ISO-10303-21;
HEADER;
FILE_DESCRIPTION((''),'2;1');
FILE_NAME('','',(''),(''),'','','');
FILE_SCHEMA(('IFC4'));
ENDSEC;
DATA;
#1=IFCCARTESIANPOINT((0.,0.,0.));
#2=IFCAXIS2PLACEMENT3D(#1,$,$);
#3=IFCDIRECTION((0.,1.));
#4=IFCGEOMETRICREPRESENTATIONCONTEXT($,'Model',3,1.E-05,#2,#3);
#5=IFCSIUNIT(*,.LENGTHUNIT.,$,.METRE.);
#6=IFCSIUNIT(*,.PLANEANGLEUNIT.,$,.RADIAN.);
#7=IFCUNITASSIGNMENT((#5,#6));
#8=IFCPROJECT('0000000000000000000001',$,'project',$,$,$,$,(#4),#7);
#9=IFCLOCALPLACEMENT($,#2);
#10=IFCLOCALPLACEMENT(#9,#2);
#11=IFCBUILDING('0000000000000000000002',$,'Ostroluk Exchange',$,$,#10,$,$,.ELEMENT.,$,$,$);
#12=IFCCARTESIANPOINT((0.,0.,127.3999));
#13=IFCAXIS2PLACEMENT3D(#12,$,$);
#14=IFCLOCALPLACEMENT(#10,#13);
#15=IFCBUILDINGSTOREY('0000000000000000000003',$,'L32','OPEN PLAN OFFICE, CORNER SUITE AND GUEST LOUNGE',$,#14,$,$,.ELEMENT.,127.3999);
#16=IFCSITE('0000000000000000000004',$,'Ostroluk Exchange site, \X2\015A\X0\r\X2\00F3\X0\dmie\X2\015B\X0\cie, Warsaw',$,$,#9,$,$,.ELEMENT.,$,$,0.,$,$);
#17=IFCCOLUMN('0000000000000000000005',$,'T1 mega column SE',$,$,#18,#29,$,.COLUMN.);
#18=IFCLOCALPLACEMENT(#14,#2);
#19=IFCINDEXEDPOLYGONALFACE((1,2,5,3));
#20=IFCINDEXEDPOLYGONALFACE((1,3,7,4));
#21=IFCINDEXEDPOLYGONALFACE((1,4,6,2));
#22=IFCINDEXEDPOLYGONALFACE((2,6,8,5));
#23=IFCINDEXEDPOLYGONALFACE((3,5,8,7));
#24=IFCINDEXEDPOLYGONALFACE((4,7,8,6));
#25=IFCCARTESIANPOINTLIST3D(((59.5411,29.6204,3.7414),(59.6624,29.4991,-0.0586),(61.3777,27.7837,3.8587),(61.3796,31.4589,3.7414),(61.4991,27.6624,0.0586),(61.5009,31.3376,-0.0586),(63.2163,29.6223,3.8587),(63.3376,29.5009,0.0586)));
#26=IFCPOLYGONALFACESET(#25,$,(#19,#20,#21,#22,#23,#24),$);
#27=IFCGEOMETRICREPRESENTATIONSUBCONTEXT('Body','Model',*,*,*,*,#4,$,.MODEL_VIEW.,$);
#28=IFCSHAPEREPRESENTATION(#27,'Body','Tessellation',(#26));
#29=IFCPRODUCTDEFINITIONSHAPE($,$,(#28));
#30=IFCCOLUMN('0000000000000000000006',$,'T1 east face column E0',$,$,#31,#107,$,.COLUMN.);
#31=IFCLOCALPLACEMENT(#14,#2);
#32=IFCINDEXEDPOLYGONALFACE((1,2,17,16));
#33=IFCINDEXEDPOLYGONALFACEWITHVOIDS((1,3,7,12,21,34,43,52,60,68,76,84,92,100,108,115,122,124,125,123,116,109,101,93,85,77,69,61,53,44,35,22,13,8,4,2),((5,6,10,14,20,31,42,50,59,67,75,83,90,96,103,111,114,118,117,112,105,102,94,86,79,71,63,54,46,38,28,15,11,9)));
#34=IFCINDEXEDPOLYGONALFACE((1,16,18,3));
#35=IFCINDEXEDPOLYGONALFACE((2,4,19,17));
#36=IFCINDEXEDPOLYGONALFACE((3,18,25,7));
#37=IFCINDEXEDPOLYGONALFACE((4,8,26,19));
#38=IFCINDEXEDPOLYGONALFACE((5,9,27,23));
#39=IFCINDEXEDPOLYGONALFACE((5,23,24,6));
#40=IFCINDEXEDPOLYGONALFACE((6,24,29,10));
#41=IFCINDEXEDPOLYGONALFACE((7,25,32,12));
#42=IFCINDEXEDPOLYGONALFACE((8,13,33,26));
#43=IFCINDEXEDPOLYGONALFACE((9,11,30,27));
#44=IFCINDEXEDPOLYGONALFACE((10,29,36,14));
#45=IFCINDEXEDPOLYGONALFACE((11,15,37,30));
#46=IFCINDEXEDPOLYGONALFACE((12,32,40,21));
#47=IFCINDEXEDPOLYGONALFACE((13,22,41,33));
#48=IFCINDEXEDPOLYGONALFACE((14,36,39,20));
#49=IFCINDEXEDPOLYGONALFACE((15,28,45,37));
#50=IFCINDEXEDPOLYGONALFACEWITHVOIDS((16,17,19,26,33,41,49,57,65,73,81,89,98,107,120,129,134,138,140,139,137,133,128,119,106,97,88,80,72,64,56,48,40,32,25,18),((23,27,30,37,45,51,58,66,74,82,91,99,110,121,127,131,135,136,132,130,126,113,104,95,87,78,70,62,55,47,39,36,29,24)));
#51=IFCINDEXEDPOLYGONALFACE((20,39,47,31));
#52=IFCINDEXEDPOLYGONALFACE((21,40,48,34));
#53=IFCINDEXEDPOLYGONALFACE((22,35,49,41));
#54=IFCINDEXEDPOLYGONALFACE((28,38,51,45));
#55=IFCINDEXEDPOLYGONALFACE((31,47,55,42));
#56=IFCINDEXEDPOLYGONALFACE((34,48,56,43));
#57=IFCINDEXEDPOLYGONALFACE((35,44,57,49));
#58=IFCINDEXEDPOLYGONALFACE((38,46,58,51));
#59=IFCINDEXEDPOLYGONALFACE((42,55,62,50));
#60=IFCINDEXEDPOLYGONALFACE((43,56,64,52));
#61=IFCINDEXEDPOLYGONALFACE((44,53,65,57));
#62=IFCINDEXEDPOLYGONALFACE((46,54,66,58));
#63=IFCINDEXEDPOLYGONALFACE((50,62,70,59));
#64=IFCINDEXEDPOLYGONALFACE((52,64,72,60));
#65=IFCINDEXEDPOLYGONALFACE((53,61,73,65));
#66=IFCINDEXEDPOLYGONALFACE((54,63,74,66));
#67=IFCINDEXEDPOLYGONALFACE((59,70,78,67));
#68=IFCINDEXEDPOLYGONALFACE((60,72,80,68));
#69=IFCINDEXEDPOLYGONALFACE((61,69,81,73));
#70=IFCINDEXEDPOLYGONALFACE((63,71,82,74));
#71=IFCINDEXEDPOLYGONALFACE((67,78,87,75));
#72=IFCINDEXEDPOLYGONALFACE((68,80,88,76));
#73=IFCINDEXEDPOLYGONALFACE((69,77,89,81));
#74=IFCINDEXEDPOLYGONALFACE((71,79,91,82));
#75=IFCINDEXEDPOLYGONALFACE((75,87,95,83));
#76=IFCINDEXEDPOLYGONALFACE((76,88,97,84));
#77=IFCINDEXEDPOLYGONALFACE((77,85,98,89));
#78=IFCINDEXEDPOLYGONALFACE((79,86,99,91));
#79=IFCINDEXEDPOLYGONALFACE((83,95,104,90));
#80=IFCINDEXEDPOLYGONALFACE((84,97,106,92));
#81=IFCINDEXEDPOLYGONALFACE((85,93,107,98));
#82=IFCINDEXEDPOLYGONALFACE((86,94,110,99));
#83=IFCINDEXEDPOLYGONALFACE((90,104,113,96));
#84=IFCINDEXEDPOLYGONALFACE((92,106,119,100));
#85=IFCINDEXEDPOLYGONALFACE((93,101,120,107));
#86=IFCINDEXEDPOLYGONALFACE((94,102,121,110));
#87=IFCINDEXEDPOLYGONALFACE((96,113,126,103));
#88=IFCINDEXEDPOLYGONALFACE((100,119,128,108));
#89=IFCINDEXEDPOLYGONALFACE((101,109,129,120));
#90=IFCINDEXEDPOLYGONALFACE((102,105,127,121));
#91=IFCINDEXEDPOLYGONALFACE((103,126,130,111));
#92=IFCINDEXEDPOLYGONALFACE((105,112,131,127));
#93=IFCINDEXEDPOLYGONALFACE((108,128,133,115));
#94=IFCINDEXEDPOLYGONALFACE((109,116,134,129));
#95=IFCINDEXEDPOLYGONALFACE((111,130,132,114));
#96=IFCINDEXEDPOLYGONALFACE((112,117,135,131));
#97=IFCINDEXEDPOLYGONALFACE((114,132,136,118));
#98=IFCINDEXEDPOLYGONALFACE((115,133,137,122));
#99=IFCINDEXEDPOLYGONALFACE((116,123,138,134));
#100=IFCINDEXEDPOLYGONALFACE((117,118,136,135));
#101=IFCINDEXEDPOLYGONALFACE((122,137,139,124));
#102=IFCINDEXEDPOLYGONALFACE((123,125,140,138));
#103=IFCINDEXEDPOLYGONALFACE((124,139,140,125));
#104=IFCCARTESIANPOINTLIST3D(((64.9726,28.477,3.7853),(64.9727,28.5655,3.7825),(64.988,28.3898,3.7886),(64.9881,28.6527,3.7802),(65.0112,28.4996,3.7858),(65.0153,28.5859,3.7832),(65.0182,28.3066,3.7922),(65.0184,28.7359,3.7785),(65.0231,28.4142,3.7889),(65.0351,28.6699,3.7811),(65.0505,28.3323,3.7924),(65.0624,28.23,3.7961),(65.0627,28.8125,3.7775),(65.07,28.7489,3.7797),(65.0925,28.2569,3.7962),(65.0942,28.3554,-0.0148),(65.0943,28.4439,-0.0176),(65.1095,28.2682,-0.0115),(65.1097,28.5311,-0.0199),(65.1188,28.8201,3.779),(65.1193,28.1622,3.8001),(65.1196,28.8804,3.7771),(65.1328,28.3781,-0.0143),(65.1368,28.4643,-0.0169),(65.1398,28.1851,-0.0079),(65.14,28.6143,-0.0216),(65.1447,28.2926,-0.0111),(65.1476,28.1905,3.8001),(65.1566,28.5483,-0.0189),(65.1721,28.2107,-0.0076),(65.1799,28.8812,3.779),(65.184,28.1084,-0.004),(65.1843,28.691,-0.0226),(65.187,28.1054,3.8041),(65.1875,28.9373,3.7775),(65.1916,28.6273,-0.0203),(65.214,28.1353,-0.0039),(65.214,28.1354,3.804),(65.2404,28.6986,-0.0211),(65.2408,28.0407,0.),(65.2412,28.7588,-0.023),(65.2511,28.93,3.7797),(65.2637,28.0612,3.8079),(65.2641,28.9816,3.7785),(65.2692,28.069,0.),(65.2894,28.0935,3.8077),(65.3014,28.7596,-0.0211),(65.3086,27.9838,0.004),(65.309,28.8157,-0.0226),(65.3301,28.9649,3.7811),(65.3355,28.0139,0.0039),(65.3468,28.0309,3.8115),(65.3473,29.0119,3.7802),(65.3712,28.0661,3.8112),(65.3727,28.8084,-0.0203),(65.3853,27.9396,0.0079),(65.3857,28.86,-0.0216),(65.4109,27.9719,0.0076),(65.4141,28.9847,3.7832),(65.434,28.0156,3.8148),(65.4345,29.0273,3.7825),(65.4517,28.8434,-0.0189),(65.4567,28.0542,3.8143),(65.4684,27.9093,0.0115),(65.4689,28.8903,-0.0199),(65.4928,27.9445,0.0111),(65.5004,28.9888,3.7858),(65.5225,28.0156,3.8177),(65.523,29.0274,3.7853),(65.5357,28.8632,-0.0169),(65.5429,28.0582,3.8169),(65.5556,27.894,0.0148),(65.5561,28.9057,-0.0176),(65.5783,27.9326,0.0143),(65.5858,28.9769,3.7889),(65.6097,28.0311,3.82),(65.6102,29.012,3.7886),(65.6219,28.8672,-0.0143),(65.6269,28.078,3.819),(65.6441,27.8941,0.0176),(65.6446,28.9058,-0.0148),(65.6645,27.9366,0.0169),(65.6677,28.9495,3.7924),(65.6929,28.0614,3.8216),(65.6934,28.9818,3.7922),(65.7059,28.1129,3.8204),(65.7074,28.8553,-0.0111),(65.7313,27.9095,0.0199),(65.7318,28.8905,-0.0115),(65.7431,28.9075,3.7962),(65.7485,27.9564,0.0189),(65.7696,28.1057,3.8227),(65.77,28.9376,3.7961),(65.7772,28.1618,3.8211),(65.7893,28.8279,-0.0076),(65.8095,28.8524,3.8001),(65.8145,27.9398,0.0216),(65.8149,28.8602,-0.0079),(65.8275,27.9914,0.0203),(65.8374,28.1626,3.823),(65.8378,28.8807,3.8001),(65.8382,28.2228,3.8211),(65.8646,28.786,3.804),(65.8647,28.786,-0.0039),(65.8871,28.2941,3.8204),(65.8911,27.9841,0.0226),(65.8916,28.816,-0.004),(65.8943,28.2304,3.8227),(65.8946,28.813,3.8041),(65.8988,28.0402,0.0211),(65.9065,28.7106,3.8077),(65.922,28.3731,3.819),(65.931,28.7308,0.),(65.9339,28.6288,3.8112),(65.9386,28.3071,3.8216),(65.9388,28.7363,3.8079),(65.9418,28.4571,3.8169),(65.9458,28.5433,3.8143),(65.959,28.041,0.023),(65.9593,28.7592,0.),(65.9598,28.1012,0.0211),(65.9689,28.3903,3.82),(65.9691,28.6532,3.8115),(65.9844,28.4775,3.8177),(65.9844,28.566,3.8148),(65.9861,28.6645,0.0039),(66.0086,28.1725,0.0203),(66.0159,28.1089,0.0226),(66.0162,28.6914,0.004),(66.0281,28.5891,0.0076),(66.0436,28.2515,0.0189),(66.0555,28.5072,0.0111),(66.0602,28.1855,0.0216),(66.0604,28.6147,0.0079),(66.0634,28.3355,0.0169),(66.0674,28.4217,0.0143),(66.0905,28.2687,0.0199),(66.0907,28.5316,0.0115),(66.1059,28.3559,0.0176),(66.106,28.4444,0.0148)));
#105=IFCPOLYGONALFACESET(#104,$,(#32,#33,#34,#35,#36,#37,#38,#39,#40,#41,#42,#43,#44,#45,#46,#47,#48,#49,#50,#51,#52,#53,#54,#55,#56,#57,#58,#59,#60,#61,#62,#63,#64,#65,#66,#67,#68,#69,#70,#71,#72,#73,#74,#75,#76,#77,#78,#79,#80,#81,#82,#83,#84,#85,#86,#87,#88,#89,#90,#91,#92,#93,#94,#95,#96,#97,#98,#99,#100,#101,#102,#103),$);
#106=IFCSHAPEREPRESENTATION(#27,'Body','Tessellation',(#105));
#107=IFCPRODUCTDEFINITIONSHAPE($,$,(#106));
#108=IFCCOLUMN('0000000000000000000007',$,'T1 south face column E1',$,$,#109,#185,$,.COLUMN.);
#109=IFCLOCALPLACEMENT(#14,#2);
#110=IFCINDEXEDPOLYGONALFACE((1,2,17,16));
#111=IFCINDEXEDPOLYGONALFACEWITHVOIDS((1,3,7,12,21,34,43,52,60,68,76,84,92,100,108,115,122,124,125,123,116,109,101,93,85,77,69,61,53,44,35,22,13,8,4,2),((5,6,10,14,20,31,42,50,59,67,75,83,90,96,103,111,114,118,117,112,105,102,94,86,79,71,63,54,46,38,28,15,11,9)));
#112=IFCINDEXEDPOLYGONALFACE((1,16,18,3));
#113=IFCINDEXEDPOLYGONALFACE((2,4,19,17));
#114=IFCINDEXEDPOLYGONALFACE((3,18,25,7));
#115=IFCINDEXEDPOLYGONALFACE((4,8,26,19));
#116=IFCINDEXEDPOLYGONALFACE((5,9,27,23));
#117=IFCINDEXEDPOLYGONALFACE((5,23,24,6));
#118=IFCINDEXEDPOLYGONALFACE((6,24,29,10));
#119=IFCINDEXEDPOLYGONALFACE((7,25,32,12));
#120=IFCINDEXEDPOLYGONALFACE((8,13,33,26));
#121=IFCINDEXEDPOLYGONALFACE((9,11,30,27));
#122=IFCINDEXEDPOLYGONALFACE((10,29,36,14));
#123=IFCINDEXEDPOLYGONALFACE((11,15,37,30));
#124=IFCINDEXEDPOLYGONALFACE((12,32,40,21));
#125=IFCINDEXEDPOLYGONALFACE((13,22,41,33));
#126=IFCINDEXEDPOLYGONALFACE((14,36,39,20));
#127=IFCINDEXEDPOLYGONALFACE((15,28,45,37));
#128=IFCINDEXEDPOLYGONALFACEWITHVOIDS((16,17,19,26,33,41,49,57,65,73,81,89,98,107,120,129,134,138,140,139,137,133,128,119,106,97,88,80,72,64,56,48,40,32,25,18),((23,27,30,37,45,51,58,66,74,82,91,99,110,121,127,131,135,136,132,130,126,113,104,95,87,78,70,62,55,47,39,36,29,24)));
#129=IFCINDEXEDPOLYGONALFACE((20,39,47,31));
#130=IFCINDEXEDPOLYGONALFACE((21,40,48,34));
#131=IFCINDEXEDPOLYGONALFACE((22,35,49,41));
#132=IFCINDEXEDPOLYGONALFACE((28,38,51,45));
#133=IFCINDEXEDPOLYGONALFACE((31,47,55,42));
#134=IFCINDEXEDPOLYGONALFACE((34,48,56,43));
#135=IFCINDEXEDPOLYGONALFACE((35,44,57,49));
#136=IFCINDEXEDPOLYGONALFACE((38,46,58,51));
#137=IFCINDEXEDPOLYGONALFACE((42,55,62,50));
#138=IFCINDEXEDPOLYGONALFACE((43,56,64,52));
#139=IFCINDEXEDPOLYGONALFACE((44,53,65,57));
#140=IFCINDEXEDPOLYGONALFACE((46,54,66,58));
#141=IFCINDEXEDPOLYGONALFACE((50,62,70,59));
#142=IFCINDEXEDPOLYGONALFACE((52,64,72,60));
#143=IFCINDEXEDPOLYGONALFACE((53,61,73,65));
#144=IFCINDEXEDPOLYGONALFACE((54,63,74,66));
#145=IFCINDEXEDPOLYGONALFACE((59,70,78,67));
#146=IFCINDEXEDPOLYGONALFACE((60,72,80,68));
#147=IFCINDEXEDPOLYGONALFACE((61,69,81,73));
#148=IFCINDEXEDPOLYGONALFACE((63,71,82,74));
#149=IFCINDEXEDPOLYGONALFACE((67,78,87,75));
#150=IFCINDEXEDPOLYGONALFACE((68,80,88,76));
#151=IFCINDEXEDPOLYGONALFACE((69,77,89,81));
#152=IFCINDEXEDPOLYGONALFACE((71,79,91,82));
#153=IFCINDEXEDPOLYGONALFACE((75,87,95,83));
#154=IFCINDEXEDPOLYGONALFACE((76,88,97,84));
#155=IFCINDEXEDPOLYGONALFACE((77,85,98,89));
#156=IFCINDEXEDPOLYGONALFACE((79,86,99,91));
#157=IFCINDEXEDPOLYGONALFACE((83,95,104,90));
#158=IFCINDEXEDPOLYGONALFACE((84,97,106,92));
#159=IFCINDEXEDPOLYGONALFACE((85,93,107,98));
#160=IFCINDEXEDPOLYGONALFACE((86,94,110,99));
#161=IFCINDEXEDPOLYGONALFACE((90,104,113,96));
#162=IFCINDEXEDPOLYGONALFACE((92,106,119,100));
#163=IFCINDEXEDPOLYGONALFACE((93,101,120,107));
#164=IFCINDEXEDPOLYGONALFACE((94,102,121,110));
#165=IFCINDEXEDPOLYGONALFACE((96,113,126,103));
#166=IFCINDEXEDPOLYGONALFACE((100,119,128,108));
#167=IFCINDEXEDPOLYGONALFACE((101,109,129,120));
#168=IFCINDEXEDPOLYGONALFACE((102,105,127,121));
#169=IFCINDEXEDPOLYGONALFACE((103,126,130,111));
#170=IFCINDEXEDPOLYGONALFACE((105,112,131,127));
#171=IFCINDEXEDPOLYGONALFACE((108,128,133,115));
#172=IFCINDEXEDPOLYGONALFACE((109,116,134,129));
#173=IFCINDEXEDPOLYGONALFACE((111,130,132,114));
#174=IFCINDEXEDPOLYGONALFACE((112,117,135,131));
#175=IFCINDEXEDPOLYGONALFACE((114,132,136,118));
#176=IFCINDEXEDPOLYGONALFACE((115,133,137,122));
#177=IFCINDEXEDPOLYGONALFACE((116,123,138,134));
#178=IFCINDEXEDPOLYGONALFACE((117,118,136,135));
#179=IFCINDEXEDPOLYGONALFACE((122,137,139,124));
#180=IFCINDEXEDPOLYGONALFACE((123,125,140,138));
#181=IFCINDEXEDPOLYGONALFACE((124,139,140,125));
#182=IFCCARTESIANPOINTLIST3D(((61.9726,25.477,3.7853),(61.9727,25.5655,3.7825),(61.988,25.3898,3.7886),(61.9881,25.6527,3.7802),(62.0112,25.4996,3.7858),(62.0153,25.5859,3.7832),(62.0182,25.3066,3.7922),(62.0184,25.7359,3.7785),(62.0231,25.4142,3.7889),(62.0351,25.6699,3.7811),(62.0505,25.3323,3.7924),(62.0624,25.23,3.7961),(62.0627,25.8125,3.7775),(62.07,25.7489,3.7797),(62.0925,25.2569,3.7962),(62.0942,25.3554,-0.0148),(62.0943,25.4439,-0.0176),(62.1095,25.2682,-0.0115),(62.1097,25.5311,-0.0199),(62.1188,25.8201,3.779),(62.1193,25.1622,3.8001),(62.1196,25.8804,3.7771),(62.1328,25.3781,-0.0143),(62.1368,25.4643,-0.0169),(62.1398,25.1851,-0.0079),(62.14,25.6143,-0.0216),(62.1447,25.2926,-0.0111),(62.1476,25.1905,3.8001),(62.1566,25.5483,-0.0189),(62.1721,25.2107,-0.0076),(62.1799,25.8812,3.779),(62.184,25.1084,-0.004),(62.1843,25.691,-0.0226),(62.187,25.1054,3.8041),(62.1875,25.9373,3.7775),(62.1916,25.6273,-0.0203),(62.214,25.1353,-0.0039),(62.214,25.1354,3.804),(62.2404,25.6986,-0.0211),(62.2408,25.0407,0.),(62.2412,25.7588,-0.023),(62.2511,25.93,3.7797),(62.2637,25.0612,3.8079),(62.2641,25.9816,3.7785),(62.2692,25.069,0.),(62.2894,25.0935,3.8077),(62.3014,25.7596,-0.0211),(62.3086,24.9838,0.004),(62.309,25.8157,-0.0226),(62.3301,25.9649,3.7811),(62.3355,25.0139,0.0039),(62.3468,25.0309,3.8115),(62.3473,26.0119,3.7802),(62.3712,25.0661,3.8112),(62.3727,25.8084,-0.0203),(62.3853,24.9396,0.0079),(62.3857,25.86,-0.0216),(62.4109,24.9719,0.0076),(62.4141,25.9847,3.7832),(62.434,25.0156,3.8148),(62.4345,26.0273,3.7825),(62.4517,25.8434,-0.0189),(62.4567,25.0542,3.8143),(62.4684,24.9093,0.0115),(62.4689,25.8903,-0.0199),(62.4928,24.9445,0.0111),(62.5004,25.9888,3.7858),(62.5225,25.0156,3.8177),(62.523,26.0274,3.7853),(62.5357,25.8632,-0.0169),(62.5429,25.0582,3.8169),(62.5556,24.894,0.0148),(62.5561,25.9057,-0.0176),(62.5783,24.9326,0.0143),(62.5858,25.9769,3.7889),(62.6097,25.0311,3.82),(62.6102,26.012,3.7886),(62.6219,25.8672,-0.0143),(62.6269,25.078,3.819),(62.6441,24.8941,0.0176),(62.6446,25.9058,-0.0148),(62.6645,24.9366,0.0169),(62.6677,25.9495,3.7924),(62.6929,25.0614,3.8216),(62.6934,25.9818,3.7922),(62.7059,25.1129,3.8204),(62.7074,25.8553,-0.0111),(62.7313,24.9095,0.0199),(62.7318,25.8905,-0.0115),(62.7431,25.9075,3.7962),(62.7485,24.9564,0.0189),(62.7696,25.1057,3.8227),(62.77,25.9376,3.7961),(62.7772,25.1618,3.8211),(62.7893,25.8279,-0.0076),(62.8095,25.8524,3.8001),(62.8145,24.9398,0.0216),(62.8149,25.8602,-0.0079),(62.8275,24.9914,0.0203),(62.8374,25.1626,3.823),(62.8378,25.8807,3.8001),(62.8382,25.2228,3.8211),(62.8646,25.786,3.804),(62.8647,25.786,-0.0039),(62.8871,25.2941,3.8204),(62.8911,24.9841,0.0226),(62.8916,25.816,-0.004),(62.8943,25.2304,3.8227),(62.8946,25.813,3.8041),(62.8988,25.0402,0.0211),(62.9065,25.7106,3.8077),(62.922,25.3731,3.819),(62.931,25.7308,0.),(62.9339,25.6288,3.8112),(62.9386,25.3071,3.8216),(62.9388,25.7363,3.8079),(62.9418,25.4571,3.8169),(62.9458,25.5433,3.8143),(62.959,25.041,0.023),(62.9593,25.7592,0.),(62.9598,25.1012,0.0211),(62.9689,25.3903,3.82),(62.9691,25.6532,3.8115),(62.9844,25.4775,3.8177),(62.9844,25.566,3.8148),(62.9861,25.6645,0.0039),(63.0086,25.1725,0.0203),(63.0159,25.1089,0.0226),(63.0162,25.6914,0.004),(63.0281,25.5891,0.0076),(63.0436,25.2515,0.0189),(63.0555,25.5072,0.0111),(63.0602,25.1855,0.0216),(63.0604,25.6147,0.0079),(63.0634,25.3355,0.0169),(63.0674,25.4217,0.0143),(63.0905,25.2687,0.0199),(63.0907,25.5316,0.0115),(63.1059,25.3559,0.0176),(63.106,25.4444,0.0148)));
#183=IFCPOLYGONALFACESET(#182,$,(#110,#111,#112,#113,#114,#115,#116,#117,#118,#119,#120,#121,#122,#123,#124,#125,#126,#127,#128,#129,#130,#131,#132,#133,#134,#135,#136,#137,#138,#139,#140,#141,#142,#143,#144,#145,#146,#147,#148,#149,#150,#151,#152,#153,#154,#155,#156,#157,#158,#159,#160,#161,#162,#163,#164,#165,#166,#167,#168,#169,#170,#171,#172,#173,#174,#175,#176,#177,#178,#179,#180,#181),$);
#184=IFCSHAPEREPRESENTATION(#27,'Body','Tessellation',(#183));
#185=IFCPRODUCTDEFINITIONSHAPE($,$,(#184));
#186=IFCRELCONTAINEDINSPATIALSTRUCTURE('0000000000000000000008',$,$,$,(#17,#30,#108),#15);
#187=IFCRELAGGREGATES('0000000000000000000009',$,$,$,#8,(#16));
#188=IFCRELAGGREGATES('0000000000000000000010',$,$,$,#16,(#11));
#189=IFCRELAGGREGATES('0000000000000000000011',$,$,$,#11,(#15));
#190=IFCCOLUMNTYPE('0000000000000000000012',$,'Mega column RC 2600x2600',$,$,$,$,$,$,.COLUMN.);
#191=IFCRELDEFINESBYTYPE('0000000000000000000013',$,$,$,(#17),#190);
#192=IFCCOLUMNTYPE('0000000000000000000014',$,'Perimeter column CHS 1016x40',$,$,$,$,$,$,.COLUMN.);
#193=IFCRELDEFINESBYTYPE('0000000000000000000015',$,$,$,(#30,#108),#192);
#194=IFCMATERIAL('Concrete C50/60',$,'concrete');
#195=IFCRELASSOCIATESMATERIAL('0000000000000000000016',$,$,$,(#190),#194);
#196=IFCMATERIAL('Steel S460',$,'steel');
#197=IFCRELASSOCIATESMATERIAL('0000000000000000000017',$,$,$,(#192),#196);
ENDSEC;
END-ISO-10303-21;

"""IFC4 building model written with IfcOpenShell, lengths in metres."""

from ifc_helpers import new_model, si_unit, direction, frame, origin, origin_2d, place, context, subcontext, project, spatial, rectangle, hollow_circle, extrude, material, material_profile, profile_set, type_object, element, save


model = new_model("IFC4")

# Units and contexts
model_context = context("Model", 3, precision=1e-05, world=origin(), true_north=direction((0.0, 1.0)))
body_context = subcontext(model_context, "Body", "Model", "MODEL_VIEW")
ifc_project = project(units=[si_unit("LENGTHUNIT", "METRE"), si_unit("PLANEANGLEUNIT", "RADIAN")], contexts=[model_context])

# Site, building, storey
site_placement = place(None, origin())
site = spatial("IfcSite", under=ifc_project, at=site_placement, Name="Ostroluk Exchange site, Śródmieście, Warsaw", CompositionType="ELEMENT", RefElevation=0.0)
building_placement = place(site_placement, origin())
building = spatial("IfcBuilding", under=site, at=building_placement, Name="Ostroluk Exchange", CompositionType="ELEMENT")
storey_placement = place(building_placement, frame((0.0, 0.0, 127.3999)))
storey = spatial("IfcBuildingStorey", under=building, at=storey_placement, Name="L32", Description="OPEN PLAN OFFICE, CORNER SUITE AND GUEST LOUNGE", CompositionType="ELEMENT", Elevation=127.3999)

# Columns
ifc_material_1 = material(Name="Concrete C50/60", Category="concrete")
ifc_material_profile_1 = material_profile(ifc_material_1, rectangle(XDim=2.6001, YDim=2.6001, at=origin_2d()), Name="RC 2600x2600")
ifc_profile_set_1 = profile_set([ifc_material_profile_1], Name="Concrete C50/60")
column_type_1 = type_object("IfcColumnType", Name="Mega column RC 2600x2600", PredefinedType="COLUMN", material=ifc_profile_set_1)
column_placement = place(storey_placement, frame((61.5, 29.5, 0.0), z_axis=(-0.031898, 0.031898, 0.998982), x_axis=(-0.707107, -0.707107, 0.0)))
element("IfcColumn", 1, at=column_placement, inside=storey, type_object=column_type_1, Name="T1 mega column SE", PredefinedType="COLUMN", context=body_context, shape_type="SweptSolid", body=[
    extrude(rectangle(XDim=2.6001, YDim=2.6001, at=origin_2d()), origin(), (0.0, 0.0, 1.0), 3.804),
])
ifc_material_2 = material(Name="Steel S460", Category="steel")
ifc_material_profile_2 = material_profile(ifc_material_2, hollow_circle(Radius=0.5081, WallThickness=0.04, at=origin_2d()), Name="CHS 1016x40")
ifc_profile_set_2 = profile_set([ifc_material_profile_2], Name="Steel S460")
column_type_2 = type_object("IfcColumnType", Name="Perimeter column CHS 1016x40", PredefinedType="COLUMN", material=ifc_profile_set_2)
for number, where, z_axis, x_axis, name in (
    (2, (65.6001, 28.3999, 0.0), (-0.031962, 0.031962, 0.998978), (-0.707107, -0.707107, 0.0), "T1 east face column E0"),
    (3, (62.6001, 25.3999, 0.0), (-0.031962, 0.031962, 0.998978), (-0.707107, -0.707107, 0.0), "T1 south face column E1"),
):
    element("IfcColumn", number, at=place(storey_placement, frame(where, z_axis=z_axis, x_axis=x_axis)), inside=storey, type_object=column_type_2, Name=name, PredefinedType="COLUMN", context=body_context, shape_type="SweptSolid", body=[
        extrude(hollow_circle(Radius=0.5081, WallThickness=0.04, at=origin_2d()), origin(), (0.0, 0.0, 1.0), 3.804),
    ])

save(model, "model.ifc")
